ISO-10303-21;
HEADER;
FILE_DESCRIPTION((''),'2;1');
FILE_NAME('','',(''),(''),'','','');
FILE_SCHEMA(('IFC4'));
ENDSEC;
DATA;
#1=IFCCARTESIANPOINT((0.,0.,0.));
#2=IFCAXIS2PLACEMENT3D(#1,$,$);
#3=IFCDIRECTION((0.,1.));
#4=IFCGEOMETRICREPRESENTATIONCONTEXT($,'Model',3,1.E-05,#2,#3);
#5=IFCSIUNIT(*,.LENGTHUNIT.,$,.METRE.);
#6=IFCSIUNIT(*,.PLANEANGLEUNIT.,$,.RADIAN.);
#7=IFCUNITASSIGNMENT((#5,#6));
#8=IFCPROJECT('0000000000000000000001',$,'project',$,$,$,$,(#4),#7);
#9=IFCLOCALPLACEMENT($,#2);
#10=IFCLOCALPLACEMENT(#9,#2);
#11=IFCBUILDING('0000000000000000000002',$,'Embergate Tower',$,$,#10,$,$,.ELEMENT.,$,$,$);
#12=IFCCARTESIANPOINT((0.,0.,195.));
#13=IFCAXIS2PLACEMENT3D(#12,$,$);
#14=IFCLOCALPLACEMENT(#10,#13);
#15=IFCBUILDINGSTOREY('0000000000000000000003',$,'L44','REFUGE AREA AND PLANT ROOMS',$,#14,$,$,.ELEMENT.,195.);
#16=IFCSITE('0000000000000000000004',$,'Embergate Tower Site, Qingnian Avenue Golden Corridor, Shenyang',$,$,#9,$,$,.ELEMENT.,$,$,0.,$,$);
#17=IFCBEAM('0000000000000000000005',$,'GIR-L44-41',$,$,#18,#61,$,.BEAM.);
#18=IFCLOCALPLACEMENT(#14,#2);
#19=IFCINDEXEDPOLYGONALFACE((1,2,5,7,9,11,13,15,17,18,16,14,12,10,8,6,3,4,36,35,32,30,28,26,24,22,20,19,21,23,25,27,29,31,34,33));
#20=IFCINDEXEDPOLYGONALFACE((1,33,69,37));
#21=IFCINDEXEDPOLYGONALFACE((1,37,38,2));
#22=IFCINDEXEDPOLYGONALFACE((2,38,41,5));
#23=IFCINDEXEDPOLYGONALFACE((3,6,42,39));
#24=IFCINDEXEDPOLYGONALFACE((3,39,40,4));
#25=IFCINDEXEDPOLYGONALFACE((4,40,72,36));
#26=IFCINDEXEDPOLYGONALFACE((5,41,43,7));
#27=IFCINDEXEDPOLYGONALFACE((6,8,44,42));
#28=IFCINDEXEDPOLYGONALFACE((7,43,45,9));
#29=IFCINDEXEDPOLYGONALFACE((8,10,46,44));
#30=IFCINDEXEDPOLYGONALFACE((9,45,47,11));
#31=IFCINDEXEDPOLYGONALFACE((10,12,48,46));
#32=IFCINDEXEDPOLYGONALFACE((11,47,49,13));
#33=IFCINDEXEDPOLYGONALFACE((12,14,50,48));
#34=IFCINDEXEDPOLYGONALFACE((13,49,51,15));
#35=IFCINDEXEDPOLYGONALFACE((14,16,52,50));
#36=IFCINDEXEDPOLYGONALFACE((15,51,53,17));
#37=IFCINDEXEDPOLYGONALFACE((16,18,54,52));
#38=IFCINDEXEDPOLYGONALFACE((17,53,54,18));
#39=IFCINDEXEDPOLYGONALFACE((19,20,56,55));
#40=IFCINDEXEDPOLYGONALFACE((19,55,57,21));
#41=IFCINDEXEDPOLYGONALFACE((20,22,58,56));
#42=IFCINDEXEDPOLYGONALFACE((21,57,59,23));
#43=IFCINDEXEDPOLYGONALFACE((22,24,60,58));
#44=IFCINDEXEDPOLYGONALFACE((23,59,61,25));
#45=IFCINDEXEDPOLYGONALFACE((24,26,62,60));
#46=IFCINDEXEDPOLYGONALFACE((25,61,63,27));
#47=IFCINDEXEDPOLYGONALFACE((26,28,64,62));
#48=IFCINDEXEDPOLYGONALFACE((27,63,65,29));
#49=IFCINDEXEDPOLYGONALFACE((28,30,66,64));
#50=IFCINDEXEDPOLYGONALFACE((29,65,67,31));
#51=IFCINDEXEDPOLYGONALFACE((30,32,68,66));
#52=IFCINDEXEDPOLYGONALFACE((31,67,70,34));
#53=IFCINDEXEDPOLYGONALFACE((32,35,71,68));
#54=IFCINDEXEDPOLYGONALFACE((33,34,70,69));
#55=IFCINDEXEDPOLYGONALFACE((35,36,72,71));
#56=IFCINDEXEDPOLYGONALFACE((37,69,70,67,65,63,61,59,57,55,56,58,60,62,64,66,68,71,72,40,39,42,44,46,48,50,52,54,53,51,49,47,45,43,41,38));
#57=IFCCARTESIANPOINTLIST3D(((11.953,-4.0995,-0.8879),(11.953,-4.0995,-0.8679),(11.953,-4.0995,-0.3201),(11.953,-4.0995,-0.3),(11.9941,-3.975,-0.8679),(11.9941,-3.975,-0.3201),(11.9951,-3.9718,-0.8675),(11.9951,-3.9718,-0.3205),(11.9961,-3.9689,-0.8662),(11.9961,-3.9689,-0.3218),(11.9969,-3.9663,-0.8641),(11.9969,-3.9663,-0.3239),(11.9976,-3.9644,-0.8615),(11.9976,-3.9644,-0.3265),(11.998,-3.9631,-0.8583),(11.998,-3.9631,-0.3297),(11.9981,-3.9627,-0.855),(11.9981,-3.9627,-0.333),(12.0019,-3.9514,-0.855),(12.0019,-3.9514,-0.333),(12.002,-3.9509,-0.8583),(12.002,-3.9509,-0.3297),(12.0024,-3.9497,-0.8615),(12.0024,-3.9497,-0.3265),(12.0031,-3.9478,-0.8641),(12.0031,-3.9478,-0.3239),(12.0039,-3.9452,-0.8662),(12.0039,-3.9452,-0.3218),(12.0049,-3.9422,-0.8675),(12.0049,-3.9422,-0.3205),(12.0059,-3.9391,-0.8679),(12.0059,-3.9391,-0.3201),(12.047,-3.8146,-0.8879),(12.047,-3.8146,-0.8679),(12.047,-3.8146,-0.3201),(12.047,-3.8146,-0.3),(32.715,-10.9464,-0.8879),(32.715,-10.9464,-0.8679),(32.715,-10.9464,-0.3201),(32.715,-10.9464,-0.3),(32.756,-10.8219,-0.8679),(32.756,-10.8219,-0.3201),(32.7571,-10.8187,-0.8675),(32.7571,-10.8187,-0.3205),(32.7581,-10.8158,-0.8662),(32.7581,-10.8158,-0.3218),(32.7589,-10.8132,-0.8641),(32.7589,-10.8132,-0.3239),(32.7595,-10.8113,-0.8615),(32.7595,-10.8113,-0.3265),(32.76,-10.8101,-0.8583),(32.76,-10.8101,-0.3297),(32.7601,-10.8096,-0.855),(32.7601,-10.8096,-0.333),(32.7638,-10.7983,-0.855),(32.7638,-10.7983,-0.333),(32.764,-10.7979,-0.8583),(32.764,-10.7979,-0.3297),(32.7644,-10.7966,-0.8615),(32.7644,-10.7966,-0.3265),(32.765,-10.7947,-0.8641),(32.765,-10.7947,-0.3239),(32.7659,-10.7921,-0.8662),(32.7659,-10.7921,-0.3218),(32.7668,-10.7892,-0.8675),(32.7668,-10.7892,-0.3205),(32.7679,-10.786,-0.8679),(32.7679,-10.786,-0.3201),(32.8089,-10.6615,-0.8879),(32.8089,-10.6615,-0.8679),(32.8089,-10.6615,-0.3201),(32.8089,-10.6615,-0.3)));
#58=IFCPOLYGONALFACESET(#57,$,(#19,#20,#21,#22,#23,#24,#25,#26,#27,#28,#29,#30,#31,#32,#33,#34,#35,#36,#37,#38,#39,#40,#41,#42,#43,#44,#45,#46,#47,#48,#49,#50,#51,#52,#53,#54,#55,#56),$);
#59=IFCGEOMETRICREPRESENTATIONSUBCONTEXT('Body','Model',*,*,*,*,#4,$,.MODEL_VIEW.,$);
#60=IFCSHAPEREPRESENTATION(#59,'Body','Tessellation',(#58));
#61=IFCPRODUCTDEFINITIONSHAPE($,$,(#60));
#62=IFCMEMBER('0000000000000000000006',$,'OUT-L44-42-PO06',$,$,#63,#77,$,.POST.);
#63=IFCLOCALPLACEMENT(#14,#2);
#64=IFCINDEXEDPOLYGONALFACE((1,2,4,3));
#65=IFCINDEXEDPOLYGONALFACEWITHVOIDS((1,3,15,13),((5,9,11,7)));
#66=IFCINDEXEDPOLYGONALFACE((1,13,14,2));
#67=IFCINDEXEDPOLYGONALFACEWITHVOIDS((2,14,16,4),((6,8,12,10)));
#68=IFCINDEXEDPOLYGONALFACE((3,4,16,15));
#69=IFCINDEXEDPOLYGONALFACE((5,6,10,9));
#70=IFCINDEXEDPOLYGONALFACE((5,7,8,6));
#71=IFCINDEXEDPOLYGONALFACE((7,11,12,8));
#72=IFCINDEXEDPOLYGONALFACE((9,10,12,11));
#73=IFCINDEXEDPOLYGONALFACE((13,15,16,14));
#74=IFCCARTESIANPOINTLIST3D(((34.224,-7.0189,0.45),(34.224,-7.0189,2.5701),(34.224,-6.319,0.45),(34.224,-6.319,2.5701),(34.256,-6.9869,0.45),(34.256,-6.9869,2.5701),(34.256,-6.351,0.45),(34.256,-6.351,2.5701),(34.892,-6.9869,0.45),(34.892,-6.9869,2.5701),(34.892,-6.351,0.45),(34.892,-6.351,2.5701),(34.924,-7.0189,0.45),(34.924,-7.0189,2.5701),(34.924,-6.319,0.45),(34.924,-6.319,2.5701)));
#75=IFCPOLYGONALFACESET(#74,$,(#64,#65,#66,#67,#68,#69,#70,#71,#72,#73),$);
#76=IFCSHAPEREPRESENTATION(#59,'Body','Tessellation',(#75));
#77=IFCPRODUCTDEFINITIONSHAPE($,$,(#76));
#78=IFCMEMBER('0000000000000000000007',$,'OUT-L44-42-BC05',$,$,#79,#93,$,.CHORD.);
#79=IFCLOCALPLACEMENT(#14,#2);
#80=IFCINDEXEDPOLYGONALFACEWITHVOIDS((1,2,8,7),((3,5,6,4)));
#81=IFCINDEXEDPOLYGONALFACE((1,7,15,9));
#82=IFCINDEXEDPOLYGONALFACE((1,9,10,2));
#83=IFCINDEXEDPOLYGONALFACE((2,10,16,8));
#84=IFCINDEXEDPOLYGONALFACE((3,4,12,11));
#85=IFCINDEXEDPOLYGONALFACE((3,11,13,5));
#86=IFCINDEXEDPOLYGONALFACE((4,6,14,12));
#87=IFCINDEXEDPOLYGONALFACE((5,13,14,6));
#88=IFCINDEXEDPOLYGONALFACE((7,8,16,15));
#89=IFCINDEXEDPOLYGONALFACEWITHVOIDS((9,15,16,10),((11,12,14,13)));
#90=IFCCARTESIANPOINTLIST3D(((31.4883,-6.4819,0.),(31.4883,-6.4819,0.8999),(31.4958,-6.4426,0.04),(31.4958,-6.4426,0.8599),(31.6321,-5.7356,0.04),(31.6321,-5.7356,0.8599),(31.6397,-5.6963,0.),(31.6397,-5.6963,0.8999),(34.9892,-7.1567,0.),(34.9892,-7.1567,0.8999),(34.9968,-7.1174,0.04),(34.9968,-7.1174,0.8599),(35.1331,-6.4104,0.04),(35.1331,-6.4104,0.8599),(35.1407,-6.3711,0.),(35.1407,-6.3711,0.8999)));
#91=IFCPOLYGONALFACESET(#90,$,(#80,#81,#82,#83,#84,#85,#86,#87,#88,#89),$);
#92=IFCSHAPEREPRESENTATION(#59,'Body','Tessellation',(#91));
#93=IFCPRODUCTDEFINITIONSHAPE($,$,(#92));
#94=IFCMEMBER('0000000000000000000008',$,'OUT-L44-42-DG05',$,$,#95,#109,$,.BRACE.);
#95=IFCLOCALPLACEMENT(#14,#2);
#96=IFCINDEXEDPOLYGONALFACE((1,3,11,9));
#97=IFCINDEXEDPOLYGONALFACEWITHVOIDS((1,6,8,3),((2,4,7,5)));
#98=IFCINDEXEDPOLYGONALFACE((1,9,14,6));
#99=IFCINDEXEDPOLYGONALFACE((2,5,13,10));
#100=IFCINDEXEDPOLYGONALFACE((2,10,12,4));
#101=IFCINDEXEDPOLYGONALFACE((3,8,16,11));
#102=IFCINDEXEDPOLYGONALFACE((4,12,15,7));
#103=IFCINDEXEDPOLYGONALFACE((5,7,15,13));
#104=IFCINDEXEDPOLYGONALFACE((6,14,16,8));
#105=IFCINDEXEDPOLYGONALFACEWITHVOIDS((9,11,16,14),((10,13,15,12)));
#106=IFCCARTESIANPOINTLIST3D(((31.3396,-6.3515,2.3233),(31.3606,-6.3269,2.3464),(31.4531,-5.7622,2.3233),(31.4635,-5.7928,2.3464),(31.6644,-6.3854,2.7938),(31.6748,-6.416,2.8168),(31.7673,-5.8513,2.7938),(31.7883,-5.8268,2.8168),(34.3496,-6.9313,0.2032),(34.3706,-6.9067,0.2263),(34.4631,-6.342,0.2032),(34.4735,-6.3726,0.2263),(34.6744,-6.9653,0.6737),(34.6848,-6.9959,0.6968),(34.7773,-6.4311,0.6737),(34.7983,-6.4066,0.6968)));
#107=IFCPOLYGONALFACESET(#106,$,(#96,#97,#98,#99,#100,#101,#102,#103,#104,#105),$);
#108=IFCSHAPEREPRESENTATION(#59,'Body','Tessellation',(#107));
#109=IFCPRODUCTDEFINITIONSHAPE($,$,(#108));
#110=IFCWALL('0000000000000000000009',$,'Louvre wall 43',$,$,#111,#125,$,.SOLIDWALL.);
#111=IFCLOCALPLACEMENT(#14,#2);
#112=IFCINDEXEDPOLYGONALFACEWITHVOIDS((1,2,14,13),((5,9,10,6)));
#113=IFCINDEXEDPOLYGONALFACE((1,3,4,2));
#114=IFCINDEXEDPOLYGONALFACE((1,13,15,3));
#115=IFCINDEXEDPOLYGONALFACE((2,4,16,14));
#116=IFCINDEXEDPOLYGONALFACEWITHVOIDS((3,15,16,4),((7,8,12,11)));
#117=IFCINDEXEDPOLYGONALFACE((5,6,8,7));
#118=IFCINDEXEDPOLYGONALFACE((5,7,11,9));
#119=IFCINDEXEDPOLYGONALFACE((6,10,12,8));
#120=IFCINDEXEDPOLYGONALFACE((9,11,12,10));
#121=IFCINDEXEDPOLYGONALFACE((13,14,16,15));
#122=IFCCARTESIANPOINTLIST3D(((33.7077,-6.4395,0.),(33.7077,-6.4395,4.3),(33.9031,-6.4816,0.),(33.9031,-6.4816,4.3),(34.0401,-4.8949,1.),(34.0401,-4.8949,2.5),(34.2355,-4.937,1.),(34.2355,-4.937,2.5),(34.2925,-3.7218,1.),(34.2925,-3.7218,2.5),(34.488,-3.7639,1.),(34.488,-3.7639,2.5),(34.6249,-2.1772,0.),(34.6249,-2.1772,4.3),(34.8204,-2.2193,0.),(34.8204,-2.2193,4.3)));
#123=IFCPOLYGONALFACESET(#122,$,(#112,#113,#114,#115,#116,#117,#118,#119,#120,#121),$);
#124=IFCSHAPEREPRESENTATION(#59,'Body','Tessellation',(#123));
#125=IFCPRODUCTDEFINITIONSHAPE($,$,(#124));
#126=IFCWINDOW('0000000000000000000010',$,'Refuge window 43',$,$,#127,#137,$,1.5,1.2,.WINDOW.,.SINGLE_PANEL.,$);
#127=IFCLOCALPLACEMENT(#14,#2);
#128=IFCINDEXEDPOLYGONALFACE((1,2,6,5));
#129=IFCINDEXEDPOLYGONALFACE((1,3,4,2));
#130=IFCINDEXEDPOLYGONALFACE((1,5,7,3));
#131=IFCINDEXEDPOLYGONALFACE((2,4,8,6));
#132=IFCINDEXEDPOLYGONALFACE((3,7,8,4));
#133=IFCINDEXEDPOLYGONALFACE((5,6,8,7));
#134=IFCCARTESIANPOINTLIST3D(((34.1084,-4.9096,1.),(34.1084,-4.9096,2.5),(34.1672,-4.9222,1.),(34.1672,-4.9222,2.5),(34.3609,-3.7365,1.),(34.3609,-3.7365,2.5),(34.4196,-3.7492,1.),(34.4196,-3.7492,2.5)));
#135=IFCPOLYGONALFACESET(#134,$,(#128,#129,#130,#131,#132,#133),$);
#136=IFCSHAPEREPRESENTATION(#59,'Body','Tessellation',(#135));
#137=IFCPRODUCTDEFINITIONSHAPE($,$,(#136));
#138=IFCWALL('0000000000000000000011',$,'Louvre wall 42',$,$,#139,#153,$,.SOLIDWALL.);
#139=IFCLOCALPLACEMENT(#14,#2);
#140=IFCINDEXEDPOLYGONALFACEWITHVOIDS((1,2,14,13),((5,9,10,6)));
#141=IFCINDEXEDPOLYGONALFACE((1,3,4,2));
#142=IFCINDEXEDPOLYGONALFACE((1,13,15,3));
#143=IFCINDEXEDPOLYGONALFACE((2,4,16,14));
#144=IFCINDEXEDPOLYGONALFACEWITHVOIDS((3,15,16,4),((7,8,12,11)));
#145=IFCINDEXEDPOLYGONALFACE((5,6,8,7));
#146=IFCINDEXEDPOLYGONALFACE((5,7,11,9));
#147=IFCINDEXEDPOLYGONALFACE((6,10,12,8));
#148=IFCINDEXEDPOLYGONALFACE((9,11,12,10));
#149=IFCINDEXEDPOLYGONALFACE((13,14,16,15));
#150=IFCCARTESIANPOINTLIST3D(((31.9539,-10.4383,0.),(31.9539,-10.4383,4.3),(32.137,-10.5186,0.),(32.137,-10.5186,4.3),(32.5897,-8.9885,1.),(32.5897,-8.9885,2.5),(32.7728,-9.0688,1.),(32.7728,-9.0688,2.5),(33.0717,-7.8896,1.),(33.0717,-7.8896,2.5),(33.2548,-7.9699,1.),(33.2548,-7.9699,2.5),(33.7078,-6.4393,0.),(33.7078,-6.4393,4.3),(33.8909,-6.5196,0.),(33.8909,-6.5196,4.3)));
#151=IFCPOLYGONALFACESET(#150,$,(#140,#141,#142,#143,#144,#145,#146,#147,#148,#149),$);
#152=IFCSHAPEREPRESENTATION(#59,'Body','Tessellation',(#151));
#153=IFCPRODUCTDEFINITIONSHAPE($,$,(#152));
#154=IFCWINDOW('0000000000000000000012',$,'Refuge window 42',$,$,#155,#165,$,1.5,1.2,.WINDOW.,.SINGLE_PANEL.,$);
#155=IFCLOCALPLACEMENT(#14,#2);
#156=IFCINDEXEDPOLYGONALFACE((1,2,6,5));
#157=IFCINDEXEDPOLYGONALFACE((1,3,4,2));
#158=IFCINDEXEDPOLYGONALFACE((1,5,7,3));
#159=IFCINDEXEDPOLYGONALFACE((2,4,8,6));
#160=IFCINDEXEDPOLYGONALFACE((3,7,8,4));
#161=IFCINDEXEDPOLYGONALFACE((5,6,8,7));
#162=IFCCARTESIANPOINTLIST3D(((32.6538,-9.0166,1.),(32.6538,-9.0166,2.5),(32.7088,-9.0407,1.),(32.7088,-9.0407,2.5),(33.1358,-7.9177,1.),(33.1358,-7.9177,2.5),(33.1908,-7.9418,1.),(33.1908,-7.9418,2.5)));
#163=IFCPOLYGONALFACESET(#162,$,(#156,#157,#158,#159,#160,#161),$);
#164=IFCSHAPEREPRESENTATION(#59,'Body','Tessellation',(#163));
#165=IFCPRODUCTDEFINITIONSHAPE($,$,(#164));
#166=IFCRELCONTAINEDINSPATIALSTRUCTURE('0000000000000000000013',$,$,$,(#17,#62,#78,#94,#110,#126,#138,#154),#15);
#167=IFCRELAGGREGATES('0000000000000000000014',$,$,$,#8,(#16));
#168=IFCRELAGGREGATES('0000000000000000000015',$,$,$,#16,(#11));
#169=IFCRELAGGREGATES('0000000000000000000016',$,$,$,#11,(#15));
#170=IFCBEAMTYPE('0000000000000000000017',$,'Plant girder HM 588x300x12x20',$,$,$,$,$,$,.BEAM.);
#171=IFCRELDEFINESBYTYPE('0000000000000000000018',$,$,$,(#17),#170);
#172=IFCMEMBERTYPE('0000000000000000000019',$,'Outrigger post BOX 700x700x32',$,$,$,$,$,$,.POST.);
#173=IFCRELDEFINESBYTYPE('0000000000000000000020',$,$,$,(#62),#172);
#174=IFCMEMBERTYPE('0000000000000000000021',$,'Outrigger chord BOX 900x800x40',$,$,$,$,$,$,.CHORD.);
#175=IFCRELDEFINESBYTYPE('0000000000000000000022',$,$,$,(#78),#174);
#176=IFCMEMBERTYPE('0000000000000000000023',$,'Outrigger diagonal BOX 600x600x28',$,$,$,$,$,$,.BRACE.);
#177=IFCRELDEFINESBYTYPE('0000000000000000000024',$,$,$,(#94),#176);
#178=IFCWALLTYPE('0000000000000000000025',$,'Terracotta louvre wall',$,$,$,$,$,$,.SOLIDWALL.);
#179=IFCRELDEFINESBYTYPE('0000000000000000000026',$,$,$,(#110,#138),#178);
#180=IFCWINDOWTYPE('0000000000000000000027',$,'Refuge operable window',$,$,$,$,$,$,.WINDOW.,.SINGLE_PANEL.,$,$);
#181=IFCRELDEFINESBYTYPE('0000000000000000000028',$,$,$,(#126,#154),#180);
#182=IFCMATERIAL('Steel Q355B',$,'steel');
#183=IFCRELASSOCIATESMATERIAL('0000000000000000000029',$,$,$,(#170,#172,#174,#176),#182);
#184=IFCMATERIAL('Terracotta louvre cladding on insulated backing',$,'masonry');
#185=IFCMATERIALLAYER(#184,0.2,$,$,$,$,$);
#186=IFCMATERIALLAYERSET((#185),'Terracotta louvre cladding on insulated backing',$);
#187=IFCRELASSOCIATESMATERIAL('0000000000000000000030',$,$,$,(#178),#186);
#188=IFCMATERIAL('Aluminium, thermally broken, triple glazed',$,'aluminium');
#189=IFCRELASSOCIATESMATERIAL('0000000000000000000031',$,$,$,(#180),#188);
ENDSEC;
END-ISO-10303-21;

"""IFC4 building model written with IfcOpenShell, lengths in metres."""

from ifc_helpers import new_model, si_unit, direction, frame, frame_2d, origin, origin_2d, place, context, subcontext, project, spatial, rectangle, hollow_rectangle, i_section, extrude, source, transform, mapped, material, layer, layer_set, material_profile, profile_set, type_object, element, fill, save


model = new_model("IFC4")

# Units and contexts
model_context = context("Model", 3, precision=1e-05, world=origin(), true_north=direction((0.0, 1.0)))
body_context = subcontext(model_context, "Body", "Model", "MODEL_VIEW")
ifc_project = project(units=[si_unit("LENGTHUNIT", "METRE"), si_unit("PLANEANGLEUNIT", "RADIAN")], contexts=[model_context])

# Site, building, storey
site_placement = place(None, origin())
site = spatial("IfcSite", under=ifc_project, at=site_placement, Name="Embergate Tower Site, Qingnian Avenue Golden Corridor, Shenyang", CompositionType="ELEMENT", RefElevation=0.0)
building_placement = place(site_placement, origin())
building = spatial("IfcBuilding", under=site, at=building_placement, Name="Embergate Tower", CompositionType="ELEMENT")
storey_placement = place(building_placement, frame((0.0, 0.0, 195.0)))
storey = spatial("IfcBuildingStorey", under=building, at=storey_placement, Name="L44", Description="REFUGE AREA AND PLANT ROOMS", CompositionType="ELEMENT", Elevation=195.0)

# Beam
ifc_material_1 = material(Name="Steel Q355B", Category="steel")
ifc_material_profile_1 = material_profile(ifc_material_1, i_section(OverallWidth=0.3, OverallDepth=0.5879, WebThickness=0.012, FlangeThickness=0.02, FilletRadius=0.0129, at=origin_2d()), Name="HM 588x300x12x20")
ifc_profile_set_1 = profile_set([ifc_material_profile_1], Name="Steel Q355 grade B")
beam_type_1 = type_object("IfcBeamType", Name="Plant girder HM 588x300x12x20", PredefinedType="BEAM", material=ifc_profile_set_1)
shared_shape_1 = source(origin(), body_context, "Body", "SweptSolid", [
    extrude(i_section(OverallWidth=0.3, OverallDepth=0.5879, WebThickness=0.012, FlangeThickness=0.02, FilletRadius=0.0129, at=origin_2d()), origin(), (0.0, 0.0, 1.0), 21.8618),
])
beam_1_placement = place(storey_placement, frame((32.762, -10.804, -0.594), z_axis=(-0.94969, 0.313191, 0.0), x_axis=(-0.313191, -0.94969, 0.0)))
element("IfcBeam", 1, at=beam_1_placement, inside=storey, type_object=beam_type_1, Name="GIR-L44-41", PredefinedType="BEAM", context=body_context, shape_type="MappedRepresentation", body=[
    mapped(shared_shape_1, transform((0.0, 0.0, 0.0))),
])

# Members
ifc_material_profile_2 = material_profile(ifc_material_1, hollow_rectangle(XDim=0.7, YDim=0.7, WallThickness=0.032, at=origin_2d()), Name="BOX 700x700x32")
ifc_profile_set_2 = profile_set([ifc_material_profile_2], Name="Steel Q355 grade B")
member_type_1 = type_object("IfcMemberType", Name="Outrigger post BOX 700x700x32", PredefinedType="POST", material=ifc_profile_set_2)
shared_shape_2 = source(origin(), body_context, "Body", "SweptSolid", [
    extrude(hollow_rectangle(XDim=0.7, YDim=0.7, WallThickness=0.032, at=origin_2d()), origin(), (0.0, 0.0, 1.0), 2.1201),
])
member_1_placement = place(storey_placement, frame((34.574, -6.6689, 0.45), z_axis=(0.0, 0.0, 1.0), x_axis=(1.0, 0.0, 0.0)))
element("IfcMember", 2, at=member_1_placement, inside=storey, type_object=member_type_1, Name="OUT-L44-42-PO06", PredefinedType="POST", context=body_context, shape_type="MappedRepresentation", body=[
    mapped(shared_shape_2, transform((0.0, 0.0, 0.0))),
])
ifc_material_profile_3 = material_profile(ifc_material_1, hollow_rectangle(XDim=0.8, YDim=0.8999, WallThickness=0.04, at=origin_2d()), Name="BOX 900x800x40")
ifc_profile_set_3 = profile_set([ifc_material_profile_3], Name="Steel Q355 grade B")
member_type_2 = type_object("IfcMemberType", Name="Outrigger chord BOX 900x800x40", PredefinedType="CHORD", material=ifc_profile_set_3)
shared_shape_3 = source(origin(), body_context, "Body", "SweptSolid", [
    extrude(hollow_rectangle(XDim=0.8, YDim=0.8999, WallThickness=0.04, at=origin_2d()), origin(), (0.0, 0.0, 1.0), 3.5654),
])
member_2_placement = place(storey_placement, frame((31.564, -6.0891, 0.45), z_axis=(0.981926, -0.189264, 0.0), x_axis=(0.189264, 0.981926, 0.0)))
element("IfcMember", 3, at=member_2_placement, inside=storey, type_object=member_type_2, Name="OUT-L44-42-BC05", PredefinedType="CHORD", context=body_context, shape_type="MappedRepresentation", body=[
    mapped(shared_shape_3, transform((0.0, 0.0, 0.0))),
])
ifc_material_profile_4 = material_profile(ifc_material_1, hollow_rectangle(XDim=0.6001, YDim=0.6001, WallThickness=0.0281, at=origin_2d()), Name="BOX 600x600x28")
ifc_profile_set_4 = profile_set([ifc_material_profile_4], Name="Steel Q355 grade B")
member_type_3 = type_object("IfcMemberType", Name="Outrigger diagonal BOX 600x600x28", PredefinedType="BRACE", material=ifc_profile_set_4)
shared_shape_4 = source(origin(), body_context, "Body", "SweptSolid", [
    extrude(hollow_rectangle(XDim=0.6001, YDim=0.6001, WallThickness=0.0281, at=origin_2d()), origin(), (0.0, 0.0, 1.0), 3.7271),
])
member_3_placement = place(storey_placement, frame((31.564, -6.0891, 2.5701), z_axis=(0.807601, -0.155572, -0.568839), x_axis=(0.189158, 0.981947, 0.0)))
element("IfcMember", 4, at=member_3_placement, inside=storey, type_object=member_type_3, Name="OUT-L44-42-DG05", PredefinedType="BRACE", context=body_context, shape_type="MappedRepresentation", body=[
    mapped(shared_shape_4, transform((0.0, 0.0, 0.0))),
])

# Walls, openings, windows
ifc_material_2 = material(Name="Terracotta louvre cladding on insulated backing", Category="masonry")
ifc_layer_1 = layer(ifc_material_2, 0.2)
ifc_layer_set_1 = layer_set([ifc_layer_1], Name="Terracotta louvre cladding on insulated backing")
wall_type_1 = type_object("IfcWallType", Name="Terracotta louvre wall", PredefinedType="SOLIDWALL", material=ifc_layer_set_1)
shared_shape_5 = source(origin(), body_context, "Body", "SweptSolid", [
    extrude(rectangle(XDim=4.3599, YDim=0.2, at=frame_2d((2.1799, 0.0))), origin(), (0.0, 0.0, 1.0), 4.3),
])
wall_1_placement = place(storey_placement, frame((34.7227, -2.1982, 0.0), z_axis=(0.0, 0.0, 1.0), x_axis=(-0.210386, -0.977618, 0.0)))
wall_1 = element("IfcWall", 5, at=wall_1_placement, inside=storey, type_object=wall_type_1, Name="Louvre wall 43", PredefinedType="SOLIDWALL", context=body_context, shape_type="MappedRepresentation", body=[
    mapped(shared_shape_5, transform((0.0, 0.0, 0.0))),
])
shared_shape_6 = source(origin(), body_context, "Body", "SweptSolid", [
    extrude(rectangle(XDim=1.2, YDim=1.5, at=frame_2d((0.6001, 0.75))), frame((0.0, 0.1099, 0.0), z_axis=(0.0, -1.0, 0.0), x_axis=(1.0, 0.0, 0.0)), (0.0, 0.0, 1.0), 0.22),
])
opening_1_placement = place(wall_1_placement, frame((1.5798, 0.0, 1.0)))
opening_1 = element("IfcOpeningElement", 6, at=opening_1_placement, cuts=wall_1, PredefinedType="OPENING", context=body_context, shape_type="MappedRepresentation", body=[
    mapped(shared_shape_6, transform((0.0, 0.0, 0.0))),
])
ifc_material_3 = material(Name="Aluminium, thermally broken, triple glazed", Category="aluminium")
window_type = type_object("IfcWindowType", Name="Refuge operable window", PartitioningType="SINGLE_PANEL", PredefinedType="WINDOW", material=ifc_material_3)
shared_shape_7 = source(origin(), body_context, "Body", "SweptSolid", [
    extrude(rectangle(XDim=1.2, YDim=1.5, at=frame_2d((0.6001, 0.75))), frame((0.0, 0.03, 0.0), z_axis=(0.0, -1.0, 0.0), x_axis=(1.0, 0.0, 0.0)), (0.0, 0.0, 1.0), 0.0601),
])
window_1_placement = place(opening_1_placement, origin())
window_1 = element("IfcWindow", 7, at=window_1_placement, inside=storey, type_object=window_type, Name="Refuge window 43", OverallHeight=1.5, OverallWidth=1.2, PartitioningType="SINGLE_PANEL", PredefinedType="WINDOW", context=body_context, shape_type="MappedRepresentation", body=[
    mapped(shared_shape_7, transform((0.0, 0.0, 0.0))),
])
fill(opening_1, window_1)
shared_shape_8 = source(origin(), body_context, "Body", "SweptSolid", [
    extrude(rectangle(XDim=4.3667, YDim=0.2, at=frame_2d((2.1833, 0.0))), origin(), (0.0, 0.0, 1.0), 4.3),
])
wall_2_placement = place(storey_placement, frame((33.7993, -6.4795, 0.0), z_axis=(0.0, 0.0, 1.0), x_axis=(-0.401652, -0.915793, 0.0)))
wall_2 = element("IfcWall", 8, at=wall_2_placement, inside=storey, type_object=wall_type_1, Name="Louvre wall 42", PredefinedType="SOLIDWALL", context=body_context, shape_type="MappedRepresentation", body=[
    mapped(shared_shape_8, transform((0.0, 0.0, 0.0))),
])
opening_2_placement = place(wall_2_placement, frame((1.5835, 0.0, 1.0)))
opening_2 = element("IfcOpeningElement", 9, at=opening_2_placement, cuts=wall_2, PredefinedType="OPENING", context=body_context, shape_type="MappedRepresentation", body=[
    mapped(shared_shape_6, transform((0.0, 0.0, 0.0))),
])
window_2_placement = place(opening_2_placement, origin())
window_2 = element("IfcWindow", 10, at=window_2_placement, inside=storey, type_object=window_type, Name="Refuge window 42", OverallHeight=1.5, OverallWidth=1.2, PartitioningType="SINGLE_PANEL", PredefinedType="WINDOW", context=body_context, shape_type="MappedRepresentation", body=[
    mapped(shared_shape_7, transform((0.0, 0.0, 0.0))),
])
fill(opening_2, window_2)

save(model, "model.ifc")
